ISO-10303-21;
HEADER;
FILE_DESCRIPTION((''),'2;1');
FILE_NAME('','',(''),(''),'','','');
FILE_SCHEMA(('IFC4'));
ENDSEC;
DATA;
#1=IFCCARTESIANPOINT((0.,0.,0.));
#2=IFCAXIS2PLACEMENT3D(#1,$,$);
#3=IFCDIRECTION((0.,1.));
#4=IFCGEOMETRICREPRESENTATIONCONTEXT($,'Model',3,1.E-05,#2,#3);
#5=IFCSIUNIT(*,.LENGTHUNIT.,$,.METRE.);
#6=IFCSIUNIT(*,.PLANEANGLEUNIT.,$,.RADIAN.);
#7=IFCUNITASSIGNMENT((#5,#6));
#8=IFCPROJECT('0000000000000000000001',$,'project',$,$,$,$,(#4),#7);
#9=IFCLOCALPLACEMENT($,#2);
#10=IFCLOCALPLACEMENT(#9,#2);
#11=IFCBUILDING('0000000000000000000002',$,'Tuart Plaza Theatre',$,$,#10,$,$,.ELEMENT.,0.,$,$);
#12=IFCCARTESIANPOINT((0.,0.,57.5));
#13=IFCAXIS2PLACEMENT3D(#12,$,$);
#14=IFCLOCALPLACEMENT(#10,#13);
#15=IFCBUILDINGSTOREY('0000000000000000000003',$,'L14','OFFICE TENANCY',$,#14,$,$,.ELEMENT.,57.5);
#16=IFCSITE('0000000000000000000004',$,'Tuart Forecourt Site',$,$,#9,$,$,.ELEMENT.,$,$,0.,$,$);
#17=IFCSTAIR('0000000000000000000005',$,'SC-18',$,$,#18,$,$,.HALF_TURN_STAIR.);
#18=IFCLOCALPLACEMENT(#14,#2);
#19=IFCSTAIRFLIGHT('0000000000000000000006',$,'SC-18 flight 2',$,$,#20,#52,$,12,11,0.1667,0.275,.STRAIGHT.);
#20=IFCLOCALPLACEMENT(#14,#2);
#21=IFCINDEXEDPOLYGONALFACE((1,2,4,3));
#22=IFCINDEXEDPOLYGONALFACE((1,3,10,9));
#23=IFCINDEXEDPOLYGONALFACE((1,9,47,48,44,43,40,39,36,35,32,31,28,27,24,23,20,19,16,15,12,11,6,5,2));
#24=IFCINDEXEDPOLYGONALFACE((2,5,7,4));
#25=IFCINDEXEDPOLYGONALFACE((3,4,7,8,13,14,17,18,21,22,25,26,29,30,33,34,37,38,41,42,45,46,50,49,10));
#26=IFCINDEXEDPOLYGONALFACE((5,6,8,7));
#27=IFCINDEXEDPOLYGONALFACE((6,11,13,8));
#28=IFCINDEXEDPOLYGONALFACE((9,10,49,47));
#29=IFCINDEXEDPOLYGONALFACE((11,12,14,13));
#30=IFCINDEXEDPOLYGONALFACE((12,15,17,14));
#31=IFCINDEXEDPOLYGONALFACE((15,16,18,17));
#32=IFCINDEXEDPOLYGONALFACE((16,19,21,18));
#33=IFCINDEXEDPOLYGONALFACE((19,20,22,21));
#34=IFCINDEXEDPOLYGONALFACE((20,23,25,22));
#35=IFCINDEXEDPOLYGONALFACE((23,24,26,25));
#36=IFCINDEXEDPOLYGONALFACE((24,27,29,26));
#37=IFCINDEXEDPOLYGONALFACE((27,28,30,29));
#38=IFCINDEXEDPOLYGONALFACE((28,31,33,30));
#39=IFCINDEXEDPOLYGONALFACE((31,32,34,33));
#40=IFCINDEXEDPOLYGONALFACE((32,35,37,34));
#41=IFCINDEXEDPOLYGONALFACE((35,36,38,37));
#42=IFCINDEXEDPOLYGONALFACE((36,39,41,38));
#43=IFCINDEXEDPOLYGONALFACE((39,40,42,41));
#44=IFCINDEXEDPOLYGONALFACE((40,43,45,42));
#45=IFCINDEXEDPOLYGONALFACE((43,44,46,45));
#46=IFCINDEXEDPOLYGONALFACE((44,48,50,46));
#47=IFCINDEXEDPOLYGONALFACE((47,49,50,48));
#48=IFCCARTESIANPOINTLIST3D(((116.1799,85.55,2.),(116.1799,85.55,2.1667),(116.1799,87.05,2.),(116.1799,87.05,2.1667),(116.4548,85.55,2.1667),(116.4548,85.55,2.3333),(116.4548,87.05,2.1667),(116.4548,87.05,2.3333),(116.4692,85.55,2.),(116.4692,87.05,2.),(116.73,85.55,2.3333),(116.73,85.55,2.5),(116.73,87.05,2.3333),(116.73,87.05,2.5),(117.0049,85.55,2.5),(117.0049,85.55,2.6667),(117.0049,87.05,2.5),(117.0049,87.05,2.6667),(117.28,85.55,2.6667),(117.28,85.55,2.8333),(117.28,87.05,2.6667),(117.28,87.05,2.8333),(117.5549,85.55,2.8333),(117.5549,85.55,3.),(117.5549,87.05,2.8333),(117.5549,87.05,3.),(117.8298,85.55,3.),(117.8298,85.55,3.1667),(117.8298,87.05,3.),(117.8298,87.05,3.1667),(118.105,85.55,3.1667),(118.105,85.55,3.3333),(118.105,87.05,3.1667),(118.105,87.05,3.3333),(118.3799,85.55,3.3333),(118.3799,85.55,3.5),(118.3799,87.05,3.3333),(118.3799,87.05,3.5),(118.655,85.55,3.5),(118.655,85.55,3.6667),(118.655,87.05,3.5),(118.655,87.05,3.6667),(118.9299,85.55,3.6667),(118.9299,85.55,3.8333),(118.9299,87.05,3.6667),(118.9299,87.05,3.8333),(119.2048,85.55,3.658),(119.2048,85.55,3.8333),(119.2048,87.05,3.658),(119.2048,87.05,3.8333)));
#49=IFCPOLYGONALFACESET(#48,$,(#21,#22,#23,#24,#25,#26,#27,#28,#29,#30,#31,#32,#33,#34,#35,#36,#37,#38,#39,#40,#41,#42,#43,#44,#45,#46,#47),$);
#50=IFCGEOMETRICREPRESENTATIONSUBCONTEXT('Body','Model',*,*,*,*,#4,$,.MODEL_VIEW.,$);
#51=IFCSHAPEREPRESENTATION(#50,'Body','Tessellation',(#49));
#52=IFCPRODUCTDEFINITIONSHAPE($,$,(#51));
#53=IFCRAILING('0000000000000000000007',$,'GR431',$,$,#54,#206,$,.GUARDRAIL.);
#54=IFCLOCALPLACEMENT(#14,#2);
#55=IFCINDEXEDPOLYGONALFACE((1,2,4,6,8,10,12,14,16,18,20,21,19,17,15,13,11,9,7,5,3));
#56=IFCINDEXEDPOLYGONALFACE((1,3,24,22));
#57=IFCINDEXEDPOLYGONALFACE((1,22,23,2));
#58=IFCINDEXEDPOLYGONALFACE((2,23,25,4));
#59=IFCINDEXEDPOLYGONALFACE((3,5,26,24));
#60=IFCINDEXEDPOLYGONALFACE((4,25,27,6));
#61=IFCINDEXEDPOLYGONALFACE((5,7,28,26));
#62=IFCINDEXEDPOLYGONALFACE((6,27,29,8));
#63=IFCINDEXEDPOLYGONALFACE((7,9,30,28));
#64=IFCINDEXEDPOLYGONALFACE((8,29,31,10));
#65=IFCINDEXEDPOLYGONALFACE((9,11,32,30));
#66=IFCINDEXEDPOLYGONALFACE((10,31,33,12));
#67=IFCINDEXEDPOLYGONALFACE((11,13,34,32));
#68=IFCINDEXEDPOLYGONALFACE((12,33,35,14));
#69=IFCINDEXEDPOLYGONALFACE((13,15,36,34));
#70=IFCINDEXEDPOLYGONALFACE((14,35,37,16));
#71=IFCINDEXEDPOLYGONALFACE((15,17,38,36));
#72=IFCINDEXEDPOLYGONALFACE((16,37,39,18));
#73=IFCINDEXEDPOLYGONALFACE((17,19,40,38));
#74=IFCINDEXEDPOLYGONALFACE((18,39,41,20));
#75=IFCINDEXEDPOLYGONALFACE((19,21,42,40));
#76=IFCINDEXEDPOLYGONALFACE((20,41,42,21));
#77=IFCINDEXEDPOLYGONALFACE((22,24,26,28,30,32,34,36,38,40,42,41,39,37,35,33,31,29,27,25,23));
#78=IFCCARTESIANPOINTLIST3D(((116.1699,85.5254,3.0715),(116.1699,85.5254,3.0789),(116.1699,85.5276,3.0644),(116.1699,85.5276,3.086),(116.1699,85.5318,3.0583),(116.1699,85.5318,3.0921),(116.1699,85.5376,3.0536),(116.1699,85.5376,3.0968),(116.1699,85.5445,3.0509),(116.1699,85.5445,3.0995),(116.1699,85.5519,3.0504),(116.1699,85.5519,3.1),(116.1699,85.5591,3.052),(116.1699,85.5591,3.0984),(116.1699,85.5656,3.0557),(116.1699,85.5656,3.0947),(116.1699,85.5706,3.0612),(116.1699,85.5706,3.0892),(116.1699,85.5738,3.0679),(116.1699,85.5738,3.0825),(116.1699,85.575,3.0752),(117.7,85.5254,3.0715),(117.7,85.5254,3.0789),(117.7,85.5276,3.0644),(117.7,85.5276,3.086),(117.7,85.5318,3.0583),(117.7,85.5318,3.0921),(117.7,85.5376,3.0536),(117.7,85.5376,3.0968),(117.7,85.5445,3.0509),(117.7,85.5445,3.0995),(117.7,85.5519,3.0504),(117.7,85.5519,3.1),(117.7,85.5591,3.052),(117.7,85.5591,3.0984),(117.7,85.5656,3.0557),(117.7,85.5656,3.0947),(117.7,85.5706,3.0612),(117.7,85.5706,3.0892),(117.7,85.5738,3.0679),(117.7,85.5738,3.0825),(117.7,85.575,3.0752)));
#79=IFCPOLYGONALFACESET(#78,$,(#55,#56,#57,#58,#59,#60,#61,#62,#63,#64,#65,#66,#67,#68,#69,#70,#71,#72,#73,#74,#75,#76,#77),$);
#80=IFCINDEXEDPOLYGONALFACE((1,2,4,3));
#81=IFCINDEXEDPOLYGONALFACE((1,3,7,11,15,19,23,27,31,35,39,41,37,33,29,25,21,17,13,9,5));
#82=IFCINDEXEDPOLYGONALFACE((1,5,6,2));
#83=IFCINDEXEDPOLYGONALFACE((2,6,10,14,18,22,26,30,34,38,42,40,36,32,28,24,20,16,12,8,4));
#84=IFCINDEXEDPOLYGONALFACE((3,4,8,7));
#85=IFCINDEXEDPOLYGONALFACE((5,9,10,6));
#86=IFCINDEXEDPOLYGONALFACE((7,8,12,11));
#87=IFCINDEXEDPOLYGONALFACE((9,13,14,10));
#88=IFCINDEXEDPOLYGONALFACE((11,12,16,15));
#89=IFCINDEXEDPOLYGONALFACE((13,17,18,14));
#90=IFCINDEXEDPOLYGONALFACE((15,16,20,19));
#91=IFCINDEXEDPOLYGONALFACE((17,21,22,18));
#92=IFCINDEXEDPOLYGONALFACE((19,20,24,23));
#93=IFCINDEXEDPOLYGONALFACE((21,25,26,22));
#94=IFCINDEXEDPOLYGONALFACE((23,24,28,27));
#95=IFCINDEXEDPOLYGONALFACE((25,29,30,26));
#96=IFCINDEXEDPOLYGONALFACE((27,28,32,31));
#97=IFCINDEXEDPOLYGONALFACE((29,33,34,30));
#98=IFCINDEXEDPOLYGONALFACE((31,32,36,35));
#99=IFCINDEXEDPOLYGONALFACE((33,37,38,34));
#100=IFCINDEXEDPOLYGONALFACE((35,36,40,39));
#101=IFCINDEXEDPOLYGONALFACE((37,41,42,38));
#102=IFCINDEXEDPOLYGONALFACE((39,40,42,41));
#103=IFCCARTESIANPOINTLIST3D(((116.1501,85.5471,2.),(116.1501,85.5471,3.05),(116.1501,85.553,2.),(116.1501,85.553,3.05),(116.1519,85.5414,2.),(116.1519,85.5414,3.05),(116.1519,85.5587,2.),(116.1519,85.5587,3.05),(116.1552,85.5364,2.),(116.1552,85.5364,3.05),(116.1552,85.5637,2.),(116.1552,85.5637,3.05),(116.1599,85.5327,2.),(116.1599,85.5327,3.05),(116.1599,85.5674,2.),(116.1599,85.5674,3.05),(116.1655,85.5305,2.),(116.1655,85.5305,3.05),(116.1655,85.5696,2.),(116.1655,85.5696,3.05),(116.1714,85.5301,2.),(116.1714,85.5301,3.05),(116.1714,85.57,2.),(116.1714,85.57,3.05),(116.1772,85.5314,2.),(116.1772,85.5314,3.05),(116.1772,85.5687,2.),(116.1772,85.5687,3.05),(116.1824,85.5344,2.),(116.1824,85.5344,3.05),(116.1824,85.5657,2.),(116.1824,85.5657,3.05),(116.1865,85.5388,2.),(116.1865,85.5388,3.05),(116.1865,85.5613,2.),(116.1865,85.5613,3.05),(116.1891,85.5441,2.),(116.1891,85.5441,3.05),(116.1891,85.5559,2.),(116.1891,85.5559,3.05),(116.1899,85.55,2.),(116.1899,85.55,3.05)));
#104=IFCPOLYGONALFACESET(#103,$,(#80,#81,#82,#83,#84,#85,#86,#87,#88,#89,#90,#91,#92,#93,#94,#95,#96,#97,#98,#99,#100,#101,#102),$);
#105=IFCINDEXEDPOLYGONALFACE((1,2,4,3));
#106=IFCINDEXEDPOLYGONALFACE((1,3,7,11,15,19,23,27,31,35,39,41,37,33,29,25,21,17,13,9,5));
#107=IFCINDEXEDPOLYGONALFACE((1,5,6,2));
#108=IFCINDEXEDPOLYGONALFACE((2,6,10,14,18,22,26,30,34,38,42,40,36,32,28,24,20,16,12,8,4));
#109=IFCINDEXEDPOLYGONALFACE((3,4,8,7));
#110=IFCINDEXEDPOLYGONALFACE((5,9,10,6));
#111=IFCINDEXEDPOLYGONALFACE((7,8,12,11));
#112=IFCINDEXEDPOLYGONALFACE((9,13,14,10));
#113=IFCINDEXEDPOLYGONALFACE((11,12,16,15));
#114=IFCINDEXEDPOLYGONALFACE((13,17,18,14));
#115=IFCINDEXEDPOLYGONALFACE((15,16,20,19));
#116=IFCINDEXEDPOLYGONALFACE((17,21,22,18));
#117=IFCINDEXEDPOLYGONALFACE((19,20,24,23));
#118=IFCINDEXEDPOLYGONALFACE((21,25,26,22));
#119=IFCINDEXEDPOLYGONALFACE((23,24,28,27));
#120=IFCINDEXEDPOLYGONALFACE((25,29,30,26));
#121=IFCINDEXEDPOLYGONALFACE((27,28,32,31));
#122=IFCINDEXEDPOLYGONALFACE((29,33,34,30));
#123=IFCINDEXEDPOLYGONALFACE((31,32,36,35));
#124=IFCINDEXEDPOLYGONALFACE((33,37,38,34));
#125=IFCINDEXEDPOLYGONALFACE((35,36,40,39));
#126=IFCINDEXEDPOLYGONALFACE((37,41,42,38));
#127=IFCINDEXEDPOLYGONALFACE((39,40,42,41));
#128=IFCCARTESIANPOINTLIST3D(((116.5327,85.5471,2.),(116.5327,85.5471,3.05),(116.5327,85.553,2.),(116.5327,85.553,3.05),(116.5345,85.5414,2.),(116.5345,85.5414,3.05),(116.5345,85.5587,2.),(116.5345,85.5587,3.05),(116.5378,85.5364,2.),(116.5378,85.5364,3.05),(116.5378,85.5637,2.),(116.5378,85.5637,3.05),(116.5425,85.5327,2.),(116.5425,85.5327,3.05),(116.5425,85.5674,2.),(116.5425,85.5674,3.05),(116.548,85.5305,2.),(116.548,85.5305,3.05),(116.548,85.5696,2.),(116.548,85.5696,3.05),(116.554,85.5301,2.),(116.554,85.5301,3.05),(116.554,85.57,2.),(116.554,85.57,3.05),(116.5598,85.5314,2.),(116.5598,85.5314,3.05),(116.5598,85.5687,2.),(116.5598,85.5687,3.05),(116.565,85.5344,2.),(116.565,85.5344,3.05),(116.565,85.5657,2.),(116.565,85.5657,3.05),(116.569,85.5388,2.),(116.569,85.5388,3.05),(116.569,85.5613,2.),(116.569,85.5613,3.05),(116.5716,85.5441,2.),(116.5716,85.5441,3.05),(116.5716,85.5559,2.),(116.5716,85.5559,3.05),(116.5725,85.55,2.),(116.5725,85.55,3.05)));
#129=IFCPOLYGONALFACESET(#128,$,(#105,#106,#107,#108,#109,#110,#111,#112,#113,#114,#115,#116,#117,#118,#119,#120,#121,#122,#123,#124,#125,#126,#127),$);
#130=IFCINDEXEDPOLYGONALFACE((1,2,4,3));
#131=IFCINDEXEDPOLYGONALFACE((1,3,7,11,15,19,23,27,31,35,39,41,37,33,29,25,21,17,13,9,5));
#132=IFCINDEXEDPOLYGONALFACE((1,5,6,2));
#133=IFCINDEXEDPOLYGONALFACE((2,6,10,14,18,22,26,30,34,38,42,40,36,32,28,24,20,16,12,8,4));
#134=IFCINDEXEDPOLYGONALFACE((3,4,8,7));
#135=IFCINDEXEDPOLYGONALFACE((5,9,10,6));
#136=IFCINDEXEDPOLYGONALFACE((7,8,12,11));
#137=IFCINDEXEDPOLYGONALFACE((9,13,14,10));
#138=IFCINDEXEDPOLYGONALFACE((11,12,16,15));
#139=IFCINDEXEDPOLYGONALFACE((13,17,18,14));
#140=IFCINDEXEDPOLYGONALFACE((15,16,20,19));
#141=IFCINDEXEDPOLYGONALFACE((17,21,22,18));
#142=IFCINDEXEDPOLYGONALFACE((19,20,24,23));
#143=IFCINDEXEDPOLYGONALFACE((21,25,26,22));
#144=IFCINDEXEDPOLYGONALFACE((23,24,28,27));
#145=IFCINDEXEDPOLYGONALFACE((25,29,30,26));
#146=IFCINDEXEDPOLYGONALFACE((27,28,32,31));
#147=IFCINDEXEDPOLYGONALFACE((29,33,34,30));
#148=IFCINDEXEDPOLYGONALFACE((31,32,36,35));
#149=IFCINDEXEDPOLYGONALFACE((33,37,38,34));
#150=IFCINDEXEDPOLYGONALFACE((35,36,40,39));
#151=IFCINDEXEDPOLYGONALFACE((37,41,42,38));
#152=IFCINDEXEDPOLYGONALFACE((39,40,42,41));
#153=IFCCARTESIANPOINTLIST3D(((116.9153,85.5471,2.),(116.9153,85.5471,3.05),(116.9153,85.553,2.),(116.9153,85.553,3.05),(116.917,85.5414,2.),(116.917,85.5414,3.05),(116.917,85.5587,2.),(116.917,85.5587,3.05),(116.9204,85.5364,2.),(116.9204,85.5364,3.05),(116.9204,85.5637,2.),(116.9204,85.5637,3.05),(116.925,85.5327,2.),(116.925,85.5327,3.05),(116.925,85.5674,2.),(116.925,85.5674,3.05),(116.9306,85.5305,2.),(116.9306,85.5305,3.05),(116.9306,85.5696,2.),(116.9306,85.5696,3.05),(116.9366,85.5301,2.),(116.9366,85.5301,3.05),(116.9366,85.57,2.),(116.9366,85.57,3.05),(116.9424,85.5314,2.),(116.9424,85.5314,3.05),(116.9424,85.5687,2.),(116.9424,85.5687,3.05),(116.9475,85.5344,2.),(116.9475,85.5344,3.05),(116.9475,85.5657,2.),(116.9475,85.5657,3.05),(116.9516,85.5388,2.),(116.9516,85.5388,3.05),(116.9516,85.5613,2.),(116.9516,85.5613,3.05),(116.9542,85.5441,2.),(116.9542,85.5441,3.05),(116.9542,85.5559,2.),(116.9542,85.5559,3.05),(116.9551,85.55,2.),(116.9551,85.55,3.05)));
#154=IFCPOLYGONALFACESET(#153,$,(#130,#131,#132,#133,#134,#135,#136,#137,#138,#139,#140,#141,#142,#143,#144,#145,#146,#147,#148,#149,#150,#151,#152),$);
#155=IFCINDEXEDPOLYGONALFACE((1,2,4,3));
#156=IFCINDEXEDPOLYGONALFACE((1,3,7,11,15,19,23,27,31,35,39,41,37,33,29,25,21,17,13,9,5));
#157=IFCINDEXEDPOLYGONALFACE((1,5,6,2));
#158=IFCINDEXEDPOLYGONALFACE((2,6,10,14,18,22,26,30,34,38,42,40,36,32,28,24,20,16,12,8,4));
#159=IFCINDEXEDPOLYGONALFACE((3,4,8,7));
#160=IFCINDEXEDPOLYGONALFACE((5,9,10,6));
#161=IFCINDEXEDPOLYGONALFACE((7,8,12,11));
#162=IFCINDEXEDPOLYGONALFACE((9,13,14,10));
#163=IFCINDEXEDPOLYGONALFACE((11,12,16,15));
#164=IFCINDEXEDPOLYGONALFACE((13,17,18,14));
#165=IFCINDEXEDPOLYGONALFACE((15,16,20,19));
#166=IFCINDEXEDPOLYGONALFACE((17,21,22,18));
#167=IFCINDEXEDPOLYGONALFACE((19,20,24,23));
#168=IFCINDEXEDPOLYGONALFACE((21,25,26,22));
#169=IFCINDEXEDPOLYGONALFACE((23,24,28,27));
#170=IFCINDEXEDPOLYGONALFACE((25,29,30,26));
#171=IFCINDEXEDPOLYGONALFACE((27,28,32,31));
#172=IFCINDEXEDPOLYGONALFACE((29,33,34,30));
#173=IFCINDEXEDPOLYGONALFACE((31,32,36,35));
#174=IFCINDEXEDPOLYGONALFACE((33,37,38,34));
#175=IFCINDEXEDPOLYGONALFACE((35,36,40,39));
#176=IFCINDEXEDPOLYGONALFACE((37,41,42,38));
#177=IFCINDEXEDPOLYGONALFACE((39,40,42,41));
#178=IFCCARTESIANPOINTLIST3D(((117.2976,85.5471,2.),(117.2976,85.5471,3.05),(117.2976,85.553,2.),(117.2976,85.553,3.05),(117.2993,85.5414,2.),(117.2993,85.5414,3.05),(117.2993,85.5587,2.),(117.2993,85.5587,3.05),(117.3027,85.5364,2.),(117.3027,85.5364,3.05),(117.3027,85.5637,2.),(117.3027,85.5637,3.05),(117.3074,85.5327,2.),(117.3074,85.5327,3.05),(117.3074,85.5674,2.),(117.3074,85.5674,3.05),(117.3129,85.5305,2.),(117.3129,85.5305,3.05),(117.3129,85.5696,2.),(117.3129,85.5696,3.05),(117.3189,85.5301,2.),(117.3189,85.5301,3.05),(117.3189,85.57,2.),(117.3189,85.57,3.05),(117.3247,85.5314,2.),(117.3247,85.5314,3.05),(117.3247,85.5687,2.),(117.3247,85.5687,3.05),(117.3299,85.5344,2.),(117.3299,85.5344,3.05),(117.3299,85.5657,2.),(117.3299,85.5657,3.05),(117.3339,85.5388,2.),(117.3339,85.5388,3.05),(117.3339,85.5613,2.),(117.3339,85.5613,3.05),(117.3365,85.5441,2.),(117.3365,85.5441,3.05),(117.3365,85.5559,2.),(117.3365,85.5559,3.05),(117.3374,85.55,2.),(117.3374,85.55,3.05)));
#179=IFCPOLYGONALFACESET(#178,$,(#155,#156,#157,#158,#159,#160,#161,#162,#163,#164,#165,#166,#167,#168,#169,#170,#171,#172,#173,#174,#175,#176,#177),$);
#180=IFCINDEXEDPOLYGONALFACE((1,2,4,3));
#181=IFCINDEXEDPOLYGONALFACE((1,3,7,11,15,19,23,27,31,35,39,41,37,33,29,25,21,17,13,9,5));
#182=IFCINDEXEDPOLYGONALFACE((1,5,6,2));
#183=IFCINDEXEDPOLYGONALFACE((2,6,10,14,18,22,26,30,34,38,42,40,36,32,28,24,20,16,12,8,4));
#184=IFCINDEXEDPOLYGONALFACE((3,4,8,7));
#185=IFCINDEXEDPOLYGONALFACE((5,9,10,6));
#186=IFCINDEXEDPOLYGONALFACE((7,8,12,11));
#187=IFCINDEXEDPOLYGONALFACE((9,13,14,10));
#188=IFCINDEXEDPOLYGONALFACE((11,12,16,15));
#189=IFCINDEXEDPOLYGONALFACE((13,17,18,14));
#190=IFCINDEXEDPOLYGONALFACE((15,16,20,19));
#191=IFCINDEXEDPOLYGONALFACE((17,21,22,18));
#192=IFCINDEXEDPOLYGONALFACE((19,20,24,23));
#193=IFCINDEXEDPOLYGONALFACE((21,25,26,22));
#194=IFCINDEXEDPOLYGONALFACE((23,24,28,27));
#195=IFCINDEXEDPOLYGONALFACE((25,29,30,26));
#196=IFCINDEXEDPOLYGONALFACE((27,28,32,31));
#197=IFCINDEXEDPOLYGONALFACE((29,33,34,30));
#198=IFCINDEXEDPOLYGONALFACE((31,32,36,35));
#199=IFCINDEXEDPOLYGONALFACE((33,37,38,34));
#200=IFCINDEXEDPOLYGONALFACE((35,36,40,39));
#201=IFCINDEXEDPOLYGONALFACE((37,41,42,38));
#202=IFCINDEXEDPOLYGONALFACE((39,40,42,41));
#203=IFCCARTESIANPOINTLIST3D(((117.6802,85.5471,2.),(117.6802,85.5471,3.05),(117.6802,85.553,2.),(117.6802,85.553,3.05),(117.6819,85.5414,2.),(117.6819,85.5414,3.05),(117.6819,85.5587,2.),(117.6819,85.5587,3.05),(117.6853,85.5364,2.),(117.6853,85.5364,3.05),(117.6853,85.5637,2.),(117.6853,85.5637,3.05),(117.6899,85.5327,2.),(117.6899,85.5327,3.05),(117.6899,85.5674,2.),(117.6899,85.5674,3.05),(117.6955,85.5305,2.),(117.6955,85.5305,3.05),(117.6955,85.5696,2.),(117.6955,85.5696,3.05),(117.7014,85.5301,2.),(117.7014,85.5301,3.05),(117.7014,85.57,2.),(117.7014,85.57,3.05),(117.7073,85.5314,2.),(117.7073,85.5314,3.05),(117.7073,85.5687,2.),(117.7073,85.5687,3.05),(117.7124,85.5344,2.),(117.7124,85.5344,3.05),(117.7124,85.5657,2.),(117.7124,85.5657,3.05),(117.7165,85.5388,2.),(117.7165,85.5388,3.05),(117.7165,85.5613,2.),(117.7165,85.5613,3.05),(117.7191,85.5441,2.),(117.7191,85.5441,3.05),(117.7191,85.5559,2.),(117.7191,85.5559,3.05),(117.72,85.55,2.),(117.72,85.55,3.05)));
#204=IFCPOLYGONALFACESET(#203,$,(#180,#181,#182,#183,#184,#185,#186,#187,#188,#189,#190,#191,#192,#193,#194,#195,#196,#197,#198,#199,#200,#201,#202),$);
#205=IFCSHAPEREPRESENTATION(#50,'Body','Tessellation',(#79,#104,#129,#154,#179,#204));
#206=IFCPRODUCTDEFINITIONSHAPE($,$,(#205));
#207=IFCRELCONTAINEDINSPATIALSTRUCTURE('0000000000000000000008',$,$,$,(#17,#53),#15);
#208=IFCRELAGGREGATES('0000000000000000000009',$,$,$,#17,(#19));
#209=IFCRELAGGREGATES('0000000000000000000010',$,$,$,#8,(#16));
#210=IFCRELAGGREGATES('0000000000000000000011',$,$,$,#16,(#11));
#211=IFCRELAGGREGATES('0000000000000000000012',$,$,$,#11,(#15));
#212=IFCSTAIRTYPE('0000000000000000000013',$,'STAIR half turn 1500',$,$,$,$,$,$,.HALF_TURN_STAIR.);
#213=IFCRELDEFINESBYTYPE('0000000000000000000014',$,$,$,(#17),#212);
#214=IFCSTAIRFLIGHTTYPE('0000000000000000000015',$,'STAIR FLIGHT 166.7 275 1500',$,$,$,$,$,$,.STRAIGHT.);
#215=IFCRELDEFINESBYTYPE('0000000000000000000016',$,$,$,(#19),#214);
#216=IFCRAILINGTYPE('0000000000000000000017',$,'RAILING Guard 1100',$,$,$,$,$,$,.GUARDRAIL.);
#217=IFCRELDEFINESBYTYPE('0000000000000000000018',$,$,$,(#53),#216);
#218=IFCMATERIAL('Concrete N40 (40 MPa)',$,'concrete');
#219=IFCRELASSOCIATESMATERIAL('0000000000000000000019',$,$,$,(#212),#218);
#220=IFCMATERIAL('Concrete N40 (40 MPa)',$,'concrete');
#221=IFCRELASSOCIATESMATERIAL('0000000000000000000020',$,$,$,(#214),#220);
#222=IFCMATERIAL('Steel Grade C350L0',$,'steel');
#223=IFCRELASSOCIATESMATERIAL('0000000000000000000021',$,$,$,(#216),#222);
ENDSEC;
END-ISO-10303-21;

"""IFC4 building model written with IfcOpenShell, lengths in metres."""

from ifc_helpers import new_model, si_unit, direction, frame, origin, origin_2d, place, context, subcontext, project, spatial, polyline, circle, outline, extrude, material, type_object, element, aggregate, save


model = new_model("IFC4")

# Units and contexts
model_context = context("Model", 3, precision=1e-05, world=origin(), true_north=direction((0.0, 1.0)))
body_context = subcontext(model_context, "Body", "Model", "MODEL_VIEW")
ifc_project = project(units=[si_unit("LENGTHUNIT", "METRE"), si_unit("PLANEANGLEUNIT", "RADIAN")], contexts=[model_context])

# Site, building, storey
site_placement = place(None, origin())
site = spatial("IfcSite", under=ifc_project, at=site_placement, Name="Tuart Forecourt Site", CompositionType="ELEMENT", RefElevation=0.0)
building_placement = place(site_placement, origin())
building = spatial("IfcBuilding", under=site, at=building_placement, Name="Tuart Plaza Theatre", CompositionType="ELEMENT", ElevationOfRefHeight=0.0)
storey_placement = place(building_placement, frame((0.0, 0.0, 57.5)))
storey = spatial("IfcBuildingStorey", under=building, at=storey_placement, Name="L14", Description="OFFICE TENANCY", CompositionType="ELEMENT", Elevation=57.5)

# Stair, stair flight
ifc_material_1 = material(Name="Concrete N40 (40 MPa)", Category="concrete")
stair_type = type_object("IfcStairType", Name="STAIR half turn 1500", PredefinedType="HALF_TURN_STAIR", material=ifc_material_1)
stair_placement = place(storey_placement, origin())
stair = element("IfcStair", 1, at=stair_placement, inside=storey, type_object=stair_type, Name="SC-18", PredefinedType="HALF_TURN_STAIR")
ifc_material_2 = material(Name="Concrete N40 (40 MPa)", Category="concrete")
stair_flight_type = type_object("IfcStairFlightType", Name="STAIR FLIGHT 166.7 275 1500", PredefinedType="STRAIGHT", material=ifc_material_2)
stair_flight_placement = place(storey_placement, frame((116.1799, 86.3, 2.0), z_axis=(0.0, 0.0, 1.0), x_axis=(1.0, 0.0, 0.0)))
stair_flight = element("IfcStairFlight", 2, at=stair_flight_placement, type_object=stair_flight_type, Name="SC-18 flight 2", NumberOfRisers=12, NumberOfTreads=11, PredefinedType="STRAIGHT", RiserHeight=0.1667, TreadLength=0.275, context=body_context, shape_type="SweptSolid", body=[
    extrude(outline(polyline([(0.0, 0.0), (0.0, 0.1667), (0.2749, 0.1667), (0.2749, 0.3333), (0.55, 0.3333), (0.55, 0.5), (0.825, 0.5), (0.825, 0.6667), (1.1001, 0.6667), (1.1001, 0.8333), (1.375, 0.8333), (1.375, 1.0), (1.6499, 1.0), (1.6499, 1.1667), (1.925, 1.1667), (1.925, 1.3333), (2.2, 1.3333), (2.2, 1.5), (2.4751, 1.5), (2.4751, 1.6667), (2.75, 1.6667), (2.75, 1.8333), (3.0249, 1.8333), (3.0249, 2.0), (3.0249, 1.658), (0.2893, 0.0), (0.0, 0.0)])), frame((0.0, 0.75, 0.0), z_axis=(0.0, -1.0, 0.0), x_axis=(1.0, 0.0, 0.0)), (0.0, 0.0, 1.0), 1.5),
])
aggregate(stair, [stair_flight])

# Railing
ifc_material_3 = material(Name="Steel Grade C350L0", Category="steel")
railing_type_1 = type_object("IfcRailingType", Name="RAILING Guard 1100", PredefinedType="GUARDRAIL", material=ifc_material_3)
railing_placement = place(storey_placement, frame((116.1699, 85.55, 2.0)))
element("IfcRailing", 3, at=railing_placement, inside=storey, type_object=railing_type_1, Name="GR431", PredefinedType="GUARDRAIL", context=body_context, shape_type="SweptSolid", body=[
    extrude(circle(Radius=0.0249, at=origin_2d()), frame((0.0, 0.0, 1.0752), z_axis=(1.0, 0.0, 0.0), x_axis=(0.0, 1.0, 0.0)), (0.0, 0.0, 1.0), 1.53),
    extrude(circle(Radius=0.02, at=origin_2d()), origin(), (0.0, 0.0, 1.0), 1.05),
    extrude(circle(Radius=0.02, at=origin_2d()), frame((0.3826, 0.0, 0.0)), (0.0, 0.0, 1.0), 1.05),
    extrude(circle(Radius=0.02, at=origin_2d()), frame((0.7651, 0.0, 0.0)), (0.0, 0.0, 1.0), 1.05),
    extrude(circle(Radius=0.02, at=origin_2d()), frame((1.1475, 0.0, 0.0)), (0.0, 0.0, 1.0), 1.05),
    extrude(circle(Radius=0.02, at=origin_2d()), frame((1.53, 0.0, 0.0)), (0.0, 0.0, 1.0), 1.05),
])

save(model, "model.ifc")
